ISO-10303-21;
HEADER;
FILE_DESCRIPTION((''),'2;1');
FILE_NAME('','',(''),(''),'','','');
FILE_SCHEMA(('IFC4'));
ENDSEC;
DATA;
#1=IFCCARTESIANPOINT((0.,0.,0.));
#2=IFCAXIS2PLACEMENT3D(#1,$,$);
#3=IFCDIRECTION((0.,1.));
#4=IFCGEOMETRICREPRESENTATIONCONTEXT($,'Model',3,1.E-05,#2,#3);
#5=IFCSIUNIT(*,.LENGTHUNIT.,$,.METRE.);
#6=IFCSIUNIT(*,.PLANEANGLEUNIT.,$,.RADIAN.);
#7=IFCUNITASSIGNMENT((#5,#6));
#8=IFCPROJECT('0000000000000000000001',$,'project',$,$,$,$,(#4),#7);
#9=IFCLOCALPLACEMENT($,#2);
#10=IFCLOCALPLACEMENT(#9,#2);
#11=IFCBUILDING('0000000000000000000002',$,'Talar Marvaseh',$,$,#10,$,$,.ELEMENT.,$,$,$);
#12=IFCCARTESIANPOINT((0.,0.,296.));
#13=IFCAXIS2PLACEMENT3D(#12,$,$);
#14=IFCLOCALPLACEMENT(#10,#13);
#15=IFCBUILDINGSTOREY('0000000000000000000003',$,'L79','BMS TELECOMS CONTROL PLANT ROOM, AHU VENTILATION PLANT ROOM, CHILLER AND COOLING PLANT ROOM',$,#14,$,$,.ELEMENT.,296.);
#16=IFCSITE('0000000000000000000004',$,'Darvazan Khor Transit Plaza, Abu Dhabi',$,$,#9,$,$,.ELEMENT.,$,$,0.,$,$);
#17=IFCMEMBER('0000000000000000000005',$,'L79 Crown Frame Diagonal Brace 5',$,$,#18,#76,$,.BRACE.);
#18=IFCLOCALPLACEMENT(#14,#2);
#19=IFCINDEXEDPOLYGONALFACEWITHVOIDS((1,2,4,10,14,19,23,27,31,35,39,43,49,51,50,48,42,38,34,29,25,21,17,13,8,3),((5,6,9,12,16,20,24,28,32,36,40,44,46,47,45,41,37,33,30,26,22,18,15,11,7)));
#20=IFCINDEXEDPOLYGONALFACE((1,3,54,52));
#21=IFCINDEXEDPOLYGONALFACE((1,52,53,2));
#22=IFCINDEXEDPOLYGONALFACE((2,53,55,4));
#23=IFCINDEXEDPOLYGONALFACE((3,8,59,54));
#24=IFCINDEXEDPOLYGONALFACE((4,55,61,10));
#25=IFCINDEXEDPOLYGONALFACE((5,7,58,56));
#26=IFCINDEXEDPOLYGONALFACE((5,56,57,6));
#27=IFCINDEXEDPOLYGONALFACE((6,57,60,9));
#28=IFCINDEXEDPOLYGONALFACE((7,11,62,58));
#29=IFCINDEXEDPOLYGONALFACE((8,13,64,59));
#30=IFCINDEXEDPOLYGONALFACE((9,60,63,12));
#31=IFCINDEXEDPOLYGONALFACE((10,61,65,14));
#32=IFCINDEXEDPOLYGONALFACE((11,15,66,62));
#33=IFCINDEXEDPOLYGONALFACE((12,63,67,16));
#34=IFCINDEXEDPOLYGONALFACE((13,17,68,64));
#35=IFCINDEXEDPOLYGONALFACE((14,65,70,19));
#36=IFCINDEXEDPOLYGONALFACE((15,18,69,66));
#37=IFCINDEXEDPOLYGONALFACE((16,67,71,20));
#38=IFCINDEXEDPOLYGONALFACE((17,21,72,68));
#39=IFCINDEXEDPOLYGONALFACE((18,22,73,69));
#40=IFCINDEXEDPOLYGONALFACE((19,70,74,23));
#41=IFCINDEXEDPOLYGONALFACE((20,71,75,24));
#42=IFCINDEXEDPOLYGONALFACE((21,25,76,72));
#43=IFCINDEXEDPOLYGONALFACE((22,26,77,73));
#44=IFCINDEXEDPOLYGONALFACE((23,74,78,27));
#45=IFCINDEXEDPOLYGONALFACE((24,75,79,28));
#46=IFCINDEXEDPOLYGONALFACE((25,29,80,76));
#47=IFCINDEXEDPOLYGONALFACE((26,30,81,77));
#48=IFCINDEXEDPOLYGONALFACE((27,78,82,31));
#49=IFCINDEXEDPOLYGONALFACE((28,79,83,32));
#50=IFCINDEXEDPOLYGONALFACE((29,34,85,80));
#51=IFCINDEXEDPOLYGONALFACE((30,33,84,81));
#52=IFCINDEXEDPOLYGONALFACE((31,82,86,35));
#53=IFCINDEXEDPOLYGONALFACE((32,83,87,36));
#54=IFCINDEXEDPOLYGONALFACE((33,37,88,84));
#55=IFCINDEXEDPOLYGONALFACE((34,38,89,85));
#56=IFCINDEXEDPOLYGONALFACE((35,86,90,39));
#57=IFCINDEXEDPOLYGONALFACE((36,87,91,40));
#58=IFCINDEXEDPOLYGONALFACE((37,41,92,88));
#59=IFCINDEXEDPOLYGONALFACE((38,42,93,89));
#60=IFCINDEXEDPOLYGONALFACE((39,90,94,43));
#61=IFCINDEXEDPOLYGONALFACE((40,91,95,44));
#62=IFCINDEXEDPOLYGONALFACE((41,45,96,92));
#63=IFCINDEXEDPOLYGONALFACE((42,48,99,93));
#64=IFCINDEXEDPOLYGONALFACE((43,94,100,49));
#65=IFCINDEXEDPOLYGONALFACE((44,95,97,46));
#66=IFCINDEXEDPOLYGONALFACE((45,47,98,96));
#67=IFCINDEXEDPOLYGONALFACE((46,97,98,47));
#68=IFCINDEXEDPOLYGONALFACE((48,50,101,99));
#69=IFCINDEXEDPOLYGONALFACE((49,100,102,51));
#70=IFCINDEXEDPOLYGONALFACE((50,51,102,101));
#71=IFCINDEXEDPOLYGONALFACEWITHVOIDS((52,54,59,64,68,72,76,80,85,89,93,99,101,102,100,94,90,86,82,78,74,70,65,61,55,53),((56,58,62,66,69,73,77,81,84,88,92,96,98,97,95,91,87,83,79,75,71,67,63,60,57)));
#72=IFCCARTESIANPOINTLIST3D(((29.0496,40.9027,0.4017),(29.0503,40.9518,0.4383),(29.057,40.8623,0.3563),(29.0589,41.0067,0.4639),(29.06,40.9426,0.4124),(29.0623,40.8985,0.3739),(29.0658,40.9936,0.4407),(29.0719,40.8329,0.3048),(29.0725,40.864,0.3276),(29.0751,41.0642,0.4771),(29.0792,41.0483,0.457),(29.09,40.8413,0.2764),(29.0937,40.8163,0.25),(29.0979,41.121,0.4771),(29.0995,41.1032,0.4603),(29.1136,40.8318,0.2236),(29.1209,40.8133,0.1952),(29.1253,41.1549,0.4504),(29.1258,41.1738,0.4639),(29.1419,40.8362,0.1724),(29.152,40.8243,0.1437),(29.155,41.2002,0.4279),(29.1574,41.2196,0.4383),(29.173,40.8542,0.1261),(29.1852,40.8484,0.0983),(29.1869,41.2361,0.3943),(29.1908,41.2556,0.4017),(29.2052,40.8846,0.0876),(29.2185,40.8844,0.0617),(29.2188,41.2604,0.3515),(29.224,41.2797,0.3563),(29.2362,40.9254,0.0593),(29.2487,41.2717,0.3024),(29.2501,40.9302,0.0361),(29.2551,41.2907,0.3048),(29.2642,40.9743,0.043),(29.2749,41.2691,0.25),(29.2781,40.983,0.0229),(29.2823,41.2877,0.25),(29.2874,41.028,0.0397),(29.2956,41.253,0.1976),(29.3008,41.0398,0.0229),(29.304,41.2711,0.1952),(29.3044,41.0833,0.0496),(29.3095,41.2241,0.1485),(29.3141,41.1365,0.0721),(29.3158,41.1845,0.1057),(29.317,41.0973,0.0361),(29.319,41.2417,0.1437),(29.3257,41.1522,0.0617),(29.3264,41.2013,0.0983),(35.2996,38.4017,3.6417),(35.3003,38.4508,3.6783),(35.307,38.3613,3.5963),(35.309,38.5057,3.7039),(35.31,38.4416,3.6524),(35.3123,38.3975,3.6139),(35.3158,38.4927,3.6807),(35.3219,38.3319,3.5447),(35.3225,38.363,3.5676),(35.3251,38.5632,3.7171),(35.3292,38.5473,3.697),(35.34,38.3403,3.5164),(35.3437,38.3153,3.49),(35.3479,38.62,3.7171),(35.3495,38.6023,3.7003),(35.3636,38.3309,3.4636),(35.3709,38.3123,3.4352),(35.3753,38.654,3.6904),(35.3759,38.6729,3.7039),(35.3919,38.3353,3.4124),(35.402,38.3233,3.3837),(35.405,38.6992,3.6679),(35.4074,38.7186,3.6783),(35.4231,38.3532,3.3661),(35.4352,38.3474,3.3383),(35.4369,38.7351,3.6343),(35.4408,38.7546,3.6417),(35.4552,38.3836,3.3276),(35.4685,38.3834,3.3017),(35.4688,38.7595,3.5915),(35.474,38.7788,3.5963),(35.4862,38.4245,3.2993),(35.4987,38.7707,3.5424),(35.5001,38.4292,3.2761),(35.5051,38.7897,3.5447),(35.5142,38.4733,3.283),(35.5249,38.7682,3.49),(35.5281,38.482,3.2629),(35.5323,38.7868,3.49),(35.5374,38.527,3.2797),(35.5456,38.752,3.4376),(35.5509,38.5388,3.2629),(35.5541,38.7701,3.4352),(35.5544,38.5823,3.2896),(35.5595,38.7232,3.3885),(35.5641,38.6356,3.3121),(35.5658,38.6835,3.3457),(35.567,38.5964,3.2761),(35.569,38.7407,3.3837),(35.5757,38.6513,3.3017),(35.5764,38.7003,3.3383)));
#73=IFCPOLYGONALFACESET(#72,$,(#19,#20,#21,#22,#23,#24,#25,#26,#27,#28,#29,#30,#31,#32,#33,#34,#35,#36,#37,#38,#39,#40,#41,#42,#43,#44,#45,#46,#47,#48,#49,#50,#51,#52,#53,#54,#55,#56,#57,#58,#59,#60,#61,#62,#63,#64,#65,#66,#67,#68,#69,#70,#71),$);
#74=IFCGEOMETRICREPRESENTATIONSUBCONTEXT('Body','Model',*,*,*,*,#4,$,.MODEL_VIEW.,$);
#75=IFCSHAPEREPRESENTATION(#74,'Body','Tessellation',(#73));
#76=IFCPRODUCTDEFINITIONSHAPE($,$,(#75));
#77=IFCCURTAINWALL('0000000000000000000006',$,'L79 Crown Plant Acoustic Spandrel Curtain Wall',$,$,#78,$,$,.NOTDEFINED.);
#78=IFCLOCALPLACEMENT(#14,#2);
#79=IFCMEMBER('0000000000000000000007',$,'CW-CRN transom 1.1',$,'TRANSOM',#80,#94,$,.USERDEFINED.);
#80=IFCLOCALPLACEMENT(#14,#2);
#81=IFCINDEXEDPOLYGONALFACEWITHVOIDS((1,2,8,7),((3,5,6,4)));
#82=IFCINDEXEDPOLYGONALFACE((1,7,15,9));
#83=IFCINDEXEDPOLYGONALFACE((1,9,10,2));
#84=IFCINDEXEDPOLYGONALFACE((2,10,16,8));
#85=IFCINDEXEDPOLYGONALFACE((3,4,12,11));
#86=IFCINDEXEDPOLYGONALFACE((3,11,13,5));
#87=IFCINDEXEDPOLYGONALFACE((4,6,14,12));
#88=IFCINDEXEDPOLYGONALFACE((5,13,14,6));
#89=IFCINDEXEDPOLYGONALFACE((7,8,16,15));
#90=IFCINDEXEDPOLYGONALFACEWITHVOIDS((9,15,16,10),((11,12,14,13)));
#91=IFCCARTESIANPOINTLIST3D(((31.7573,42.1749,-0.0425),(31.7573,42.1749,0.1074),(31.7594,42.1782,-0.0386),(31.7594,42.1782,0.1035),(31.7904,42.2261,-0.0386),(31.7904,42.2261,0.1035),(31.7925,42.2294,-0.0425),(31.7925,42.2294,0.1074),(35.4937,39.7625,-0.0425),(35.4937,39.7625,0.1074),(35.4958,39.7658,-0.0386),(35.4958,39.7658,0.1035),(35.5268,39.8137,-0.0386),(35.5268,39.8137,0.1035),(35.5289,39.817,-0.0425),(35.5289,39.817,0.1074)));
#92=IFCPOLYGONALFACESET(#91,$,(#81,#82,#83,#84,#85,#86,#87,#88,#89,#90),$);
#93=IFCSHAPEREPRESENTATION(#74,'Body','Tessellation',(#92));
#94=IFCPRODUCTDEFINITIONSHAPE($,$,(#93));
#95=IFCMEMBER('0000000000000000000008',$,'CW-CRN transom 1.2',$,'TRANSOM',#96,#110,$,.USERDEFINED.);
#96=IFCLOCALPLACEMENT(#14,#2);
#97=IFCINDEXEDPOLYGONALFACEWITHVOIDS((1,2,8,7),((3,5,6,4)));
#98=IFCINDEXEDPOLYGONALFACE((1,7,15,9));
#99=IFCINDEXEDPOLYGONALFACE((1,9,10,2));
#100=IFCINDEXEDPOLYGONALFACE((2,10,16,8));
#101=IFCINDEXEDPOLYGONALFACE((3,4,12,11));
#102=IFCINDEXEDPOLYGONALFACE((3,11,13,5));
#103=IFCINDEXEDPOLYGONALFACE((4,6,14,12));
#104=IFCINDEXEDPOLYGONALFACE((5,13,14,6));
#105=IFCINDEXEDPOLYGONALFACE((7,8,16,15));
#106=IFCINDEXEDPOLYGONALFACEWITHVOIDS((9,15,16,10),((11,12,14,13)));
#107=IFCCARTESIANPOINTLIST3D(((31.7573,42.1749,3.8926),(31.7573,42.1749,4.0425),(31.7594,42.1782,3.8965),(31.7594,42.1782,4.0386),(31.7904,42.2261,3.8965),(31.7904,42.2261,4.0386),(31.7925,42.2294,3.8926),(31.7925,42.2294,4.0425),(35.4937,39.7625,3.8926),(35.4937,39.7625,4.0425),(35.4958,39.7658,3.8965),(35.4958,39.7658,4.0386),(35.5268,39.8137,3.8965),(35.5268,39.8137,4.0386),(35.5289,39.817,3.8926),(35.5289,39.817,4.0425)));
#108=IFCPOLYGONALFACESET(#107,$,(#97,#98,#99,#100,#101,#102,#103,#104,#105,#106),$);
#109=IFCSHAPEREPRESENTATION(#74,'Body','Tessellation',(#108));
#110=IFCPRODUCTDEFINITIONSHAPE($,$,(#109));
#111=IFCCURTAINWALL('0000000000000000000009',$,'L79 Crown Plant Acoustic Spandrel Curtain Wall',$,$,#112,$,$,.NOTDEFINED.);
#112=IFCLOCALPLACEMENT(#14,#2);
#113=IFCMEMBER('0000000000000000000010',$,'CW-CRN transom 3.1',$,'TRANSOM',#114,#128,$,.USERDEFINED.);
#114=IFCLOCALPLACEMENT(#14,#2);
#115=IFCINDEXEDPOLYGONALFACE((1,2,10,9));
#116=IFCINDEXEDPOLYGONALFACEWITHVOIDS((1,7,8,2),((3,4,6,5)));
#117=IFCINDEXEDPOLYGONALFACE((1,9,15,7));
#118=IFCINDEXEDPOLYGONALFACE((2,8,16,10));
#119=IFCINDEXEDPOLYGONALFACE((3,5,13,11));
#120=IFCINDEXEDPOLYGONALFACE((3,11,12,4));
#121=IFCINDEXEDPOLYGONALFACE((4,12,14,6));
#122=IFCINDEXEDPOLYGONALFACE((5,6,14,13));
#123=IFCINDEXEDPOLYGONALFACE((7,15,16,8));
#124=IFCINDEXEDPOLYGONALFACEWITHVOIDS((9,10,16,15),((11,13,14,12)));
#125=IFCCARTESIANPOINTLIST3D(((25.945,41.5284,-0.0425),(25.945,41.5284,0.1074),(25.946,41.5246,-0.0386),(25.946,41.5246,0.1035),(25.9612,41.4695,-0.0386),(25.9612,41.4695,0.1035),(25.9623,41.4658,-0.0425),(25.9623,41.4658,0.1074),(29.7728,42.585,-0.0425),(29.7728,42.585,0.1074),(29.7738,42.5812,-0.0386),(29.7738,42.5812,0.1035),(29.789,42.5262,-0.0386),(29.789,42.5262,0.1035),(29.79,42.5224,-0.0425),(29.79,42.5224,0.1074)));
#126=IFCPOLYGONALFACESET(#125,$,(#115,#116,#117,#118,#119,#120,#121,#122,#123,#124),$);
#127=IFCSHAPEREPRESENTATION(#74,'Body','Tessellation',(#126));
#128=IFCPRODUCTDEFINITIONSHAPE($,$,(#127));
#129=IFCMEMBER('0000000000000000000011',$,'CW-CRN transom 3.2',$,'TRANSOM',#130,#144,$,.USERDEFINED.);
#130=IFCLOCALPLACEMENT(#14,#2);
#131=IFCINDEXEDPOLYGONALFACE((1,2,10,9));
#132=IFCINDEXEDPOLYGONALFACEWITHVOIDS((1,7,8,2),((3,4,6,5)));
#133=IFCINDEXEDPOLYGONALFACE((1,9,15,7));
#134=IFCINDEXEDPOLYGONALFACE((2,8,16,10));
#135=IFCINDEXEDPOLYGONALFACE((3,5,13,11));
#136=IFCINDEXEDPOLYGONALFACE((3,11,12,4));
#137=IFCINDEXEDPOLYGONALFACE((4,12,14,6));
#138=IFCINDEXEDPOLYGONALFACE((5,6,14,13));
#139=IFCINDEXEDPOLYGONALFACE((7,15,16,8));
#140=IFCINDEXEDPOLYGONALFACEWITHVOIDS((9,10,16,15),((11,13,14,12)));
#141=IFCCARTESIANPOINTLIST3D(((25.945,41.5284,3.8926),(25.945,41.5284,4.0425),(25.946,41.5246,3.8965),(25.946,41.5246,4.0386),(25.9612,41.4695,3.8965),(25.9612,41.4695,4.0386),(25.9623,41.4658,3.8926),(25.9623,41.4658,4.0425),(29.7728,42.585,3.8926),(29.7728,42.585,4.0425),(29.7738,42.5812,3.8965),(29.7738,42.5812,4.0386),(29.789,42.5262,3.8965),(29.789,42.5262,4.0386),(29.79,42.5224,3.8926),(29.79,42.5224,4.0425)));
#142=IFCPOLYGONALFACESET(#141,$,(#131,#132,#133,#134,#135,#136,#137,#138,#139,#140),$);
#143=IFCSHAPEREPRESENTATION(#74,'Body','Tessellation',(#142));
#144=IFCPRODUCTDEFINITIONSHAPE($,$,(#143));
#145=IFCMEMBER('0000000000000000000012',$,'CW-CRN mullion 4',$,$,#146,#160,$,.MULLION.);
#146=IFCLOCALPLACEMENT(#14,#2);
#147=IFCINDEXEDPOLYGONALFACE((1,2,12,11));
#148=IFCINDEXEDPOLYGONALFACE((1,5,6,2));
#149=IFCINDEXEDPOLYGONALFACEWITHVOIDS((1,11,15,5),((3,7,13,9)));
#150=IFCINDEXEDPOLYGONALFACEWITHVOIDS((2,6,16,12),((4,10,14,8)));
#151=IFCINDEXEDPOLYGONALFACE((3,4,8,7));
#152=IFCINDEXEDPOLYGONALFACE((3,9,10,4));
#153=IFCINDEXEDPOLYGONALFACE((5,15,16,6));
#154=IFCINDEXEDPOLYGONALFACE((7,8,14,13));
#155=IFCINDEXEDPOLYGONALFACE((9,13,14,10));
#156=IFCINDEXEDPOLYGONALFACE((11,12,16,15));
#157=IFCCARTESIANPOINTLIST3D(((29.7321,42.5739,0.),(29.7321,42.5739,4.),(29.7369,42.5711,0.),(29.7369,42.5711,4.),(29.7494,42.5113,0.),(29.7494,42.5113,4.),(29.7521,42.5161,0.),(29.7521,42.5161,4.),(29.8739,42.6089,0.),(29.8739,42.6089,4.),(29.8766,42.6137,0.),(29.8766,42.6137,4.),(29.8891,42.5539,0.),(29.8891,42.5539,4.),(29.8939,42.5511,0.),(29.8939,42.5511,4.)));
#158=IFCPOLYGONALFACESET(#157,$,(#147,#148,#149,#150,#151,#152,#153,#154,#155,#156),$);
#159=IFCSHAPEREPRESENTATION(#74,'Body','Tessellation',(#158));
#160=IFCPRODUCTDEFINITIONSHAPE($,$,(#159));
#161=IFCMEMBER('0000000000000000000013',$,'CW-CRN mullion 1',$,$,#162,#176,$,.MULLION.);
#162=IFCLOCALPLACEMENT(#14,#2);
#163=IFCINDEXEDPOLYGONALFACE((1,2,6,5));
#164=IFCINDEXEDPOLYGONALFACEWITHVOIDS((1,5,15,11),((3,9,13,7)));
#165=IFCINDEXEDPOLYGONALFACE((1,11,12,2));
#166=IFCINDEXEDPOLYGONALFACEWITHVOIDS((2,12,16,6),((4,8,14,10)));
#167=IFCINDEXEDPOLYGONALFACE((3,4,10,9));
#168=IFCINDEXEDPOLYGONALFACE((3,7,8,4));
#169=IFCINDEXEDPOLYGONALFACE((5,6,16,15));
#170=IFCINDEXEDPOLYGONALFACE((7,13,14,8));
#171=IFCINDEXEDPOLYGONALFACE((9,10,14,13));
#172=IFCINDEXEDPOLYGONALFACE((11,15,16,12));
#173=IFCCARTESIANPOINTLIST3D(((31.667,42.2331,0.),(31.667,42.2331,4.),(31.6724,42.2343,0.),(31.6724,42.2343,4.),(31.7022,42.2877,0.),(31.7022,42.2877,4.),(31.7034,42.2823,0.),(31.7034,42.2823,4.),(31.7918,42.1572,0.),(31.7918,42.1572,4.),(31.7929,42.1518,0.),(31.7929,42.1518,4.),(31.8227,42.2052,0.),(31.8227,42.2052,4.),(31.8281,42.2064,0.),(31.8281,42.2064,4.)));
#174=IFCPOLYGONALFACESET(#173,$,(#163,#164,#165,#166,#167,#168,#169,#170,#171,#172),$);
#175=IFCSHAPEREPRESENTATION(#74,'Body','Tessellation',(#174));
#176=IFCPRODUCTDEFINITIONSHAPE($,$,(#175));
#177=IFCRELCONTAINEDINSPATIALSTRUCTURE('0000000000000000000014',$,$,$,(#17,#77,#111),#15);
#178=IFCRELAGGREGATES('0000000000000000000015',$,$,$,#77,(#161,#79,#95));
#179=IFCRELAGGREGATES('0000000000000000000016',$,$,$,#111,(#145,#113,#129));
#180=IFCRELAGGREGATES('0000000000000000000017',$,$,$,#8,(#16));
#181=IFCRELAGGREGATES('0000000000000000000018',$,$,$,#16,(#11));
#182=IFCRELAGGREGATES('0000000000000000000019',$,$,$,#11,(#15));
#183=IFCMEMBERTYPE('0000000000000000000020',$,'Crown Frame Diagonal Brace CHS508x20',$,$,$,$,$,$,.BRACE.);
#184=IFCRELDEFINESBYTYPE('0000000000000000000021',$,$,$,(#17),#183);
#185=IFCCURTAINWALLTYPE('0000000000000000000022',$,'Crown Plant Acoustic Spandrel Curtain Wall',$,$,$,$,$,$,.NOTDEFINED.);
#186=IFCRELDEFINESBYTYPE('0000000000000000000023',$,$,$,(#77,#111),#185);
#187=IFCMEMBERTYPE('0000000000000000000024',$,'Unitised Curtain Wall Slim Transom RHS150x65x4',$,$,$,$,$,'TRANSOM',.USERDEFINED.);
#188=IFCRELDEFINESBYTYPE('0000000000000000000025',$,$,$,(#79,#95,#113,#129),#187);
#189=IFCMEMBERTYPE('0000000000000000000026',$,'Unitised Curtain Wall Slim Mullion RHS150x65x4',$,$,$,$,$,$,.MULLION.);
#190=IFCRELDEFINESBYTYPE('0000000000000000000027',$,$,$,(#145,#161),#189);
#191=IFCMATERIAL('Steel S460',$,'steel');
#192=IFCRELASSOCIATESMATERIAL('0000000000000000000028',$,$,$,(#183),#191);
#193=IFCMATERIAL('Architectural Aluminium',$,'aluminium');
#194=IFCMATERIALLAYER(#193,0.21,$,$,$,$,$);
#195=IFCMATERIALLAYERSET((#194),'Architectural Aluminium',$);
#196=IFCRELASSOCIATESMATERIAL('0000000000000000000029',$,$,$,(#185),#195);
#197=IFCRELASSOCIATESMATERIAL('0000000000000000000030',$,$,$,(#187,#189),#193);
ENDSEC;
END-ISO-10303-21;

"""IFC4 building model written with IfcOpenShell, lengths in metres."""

from ifc_helpers import new_model, si_unit, direction, frame, origin, origin_2d, place, context, subcontext, project, spatial, hollow_rectangle, hollow_circle, extrude, source, transform, mapped, material, layer, layer_set, material_profile, profile_set, type_object, type_shapes, element, aggregate, save


model = new_model("IFC4")

# Units and contexts
model_context = context("Model", 3, precision=1e-05, world=origin(), true_north=direction((0.0, 1.0)))
body_context = subcontext(model_context, "Body", "Model", "MODEL_VIEW")
ifc_project = project(units=[si_unit("LENGTHUNIT", "METRE"), si_unit("PLANEANGLEUNIT", "RADIAN")], contexts=[model_context])

# Site, building, storey
site_placement = place(None, origin())
site = spatial("IfcSite", under=ifc_project, at=site_placement, Name="Darvazan Khor Transit Plaza, Abu Dhabi", CompositionType="ELEMENT", RefElevation=0.0)
building_placement = place(site_placement, origin())
building = spatial("IfcBuilding", under=site, at=building_placement, Name="Talar Marvaseh", CompositionType="ELEMENT")
storey_placement = place(building_placement, frame((0.0, 0.0, 296.0)))
storey = spatial("IfcBuildingStorey", under=building, at=storey_placement, Name="L79", Description="BMS TELECOMS CONTROL PLANT ROOM, AHU VENTILATION PLANT ROOM, CHILLER AND COOLING PLANT ROOM", CompositionType="ELEMENT", Elevation=296.0)

# Shared definitions
ifc_material_1 = material(Name="Steel S460", Category="steel")

# Member
ifc_material_profile_1 = material_profile(ifc_material_1, hollow_circle(Radius=0.2539, WallThickness=0.02, at=origin_2d()), Name="CHS508x20")
ifc_profile_set_1 = profile_set([ifc_material_profile_1], Name="Steel S460")
member_type_1 = type_object("IfcMemberType", Name="Crown Frame Diagonal Brace CHS508x20", PredefinedType="BRACE", material=ifc_profile_set_1)
shared_shape_1 = source(origin(), body_context, "Body", "SweptSolid", [
    extrude(hollow_circle(Radius=0.2539, WallThickness=0.02, at=origin_2d()), origin(), (0.0, 0.0, 1.0), 7.4709),
])
type_shapes(member_type_1, [shared_shape_1])
member_1_placement = place(storey_placement, frame((29.188, 41.052, 0.25), z_axis=(0.836575, -0.334761, 0.433679), x_axis=(0.371516, 0.928427, 0.0)))
element("IfcMember", 1, at=member_1_placement, inside=storey, type_object=member_type_1, Name="L79 Crown Frame Diagonal Brace 5", PredefinedType="BRACE", context=body_context, shape_type="MappedRepresentation", body=[
    mapped(shared_shape_1, transform((0.0, 0.0, 0.0), x_axis=(1.0, 0.0, 0.0), y_axis=(0.0, 1.0, 0.0), z_axis=(0.0, 0.0, 1.0), scale=1.0)),
])

# Curtain walls, members
ifc_material_2 = material(Name="Architectural Aluminium", Category="aluminium")
ifc_layer_1 = layer(ifc_material_2, 0.21)
ifc_layer_set_1 = layer_set([ifc_layer_1], Name="Architectural Aluminium")
curtain_wall_type = type_object("IfcCurtainWallType", Name="Crown Plant Acoustic Spandrel Curtain Wall", PredefinedType="NOTDEFINED", material=ifc_layer_set_1)
curtain_wall_1_placement = place(storey_placement, origin())
curtain_wall_1 = element("IfcCurtainWall", 2, at=curtain_wall_1_placement, inside=storey, type_object=curtain_wall_type, Name="L79 Crown Plant Acoustic Spandrel Curtain Wall", PredefinedType="NOTDEFINED")
ifc_material_profile_2 = material_profile(ifc_material_2, hollow_rectangle(XDim=0.0649, YDim=0.1499, WallThickness=0.0039, at=origin_2d()), Name="RHS150x65x4")
ifc_profile_set_2 = profile_set([ifc_material_profile_2], Name="Architectural Aluminium")
member_type_2 = type_object("IfcMemberType", Name="Unitised Curtain Wall Slim Transom RHS150x65x4", ElementType="TRANSOM", PredefinedType="USERDEFINED", material=ifc_profile_set_2)
shared_shape_2 = source(origin(), body_context, "Body", "SweptSolid", [
    extrude(hollow_rectangle(XDim=0.0649, YDim=0.1499, WallThickness=0.0039, at=origin_2d()), origin(), (0.0, 0.0, 1.0), 4.4475),
])
member_2_placement = place(storey_placement, frame((31.7749, 42.2021, 0.0325), z_axis=(0.84011, -0.542416, 0.0), x_axis=(0.542416, 0.84011, 0.0)))
member_2 = element("IfcMember", 3, at=member_2_placement, type_object=member_type_2, Name="CW-CRN transom 1.1", ObjectType="TRANSOM", PredefinedType="USERDEFINED", context=body_context, shape_type="MappedRepresentation", body=[
    mapped(shared_shape_2, transform((0.0, 0.0, 0.0), x_axis=(1.0, 0.0, 0.0), y_axis=(0.0, 1.0, 0.0), z_axis=(0.0, 0.0, 1.0), scale=1.0)),
])
member_3_placement = place(storey_placement, frame((31.7749, 42.2021, 3.9675), z_axis=(0.84011, -0.542416, 0.0), x_axis=(0.542416, 0.84011, 0.0)))
member_3 = element("IfcMember", 4, at=member_3_placement, type_object=member_type_2, Name="CW-CRN transom 1.2", ObjectType="TRANSOM", PredefinedType="USERDEFINED", context=body_context, shape_type="MappedRepresentation", body=[
    mapped(shared_shape_2, transform((0.0, 0.0, 0.0), x_axis=(1.0, 0.0, 0.0), y_axis=(0.0, 1.0, 0.0), z_axis=(0.0, 0.0, 1.0), scale=1.0)),
])
curtain_wall_2_placement = place(storey_placement, origin())
curtain_wall_2 = element("IfcCurtainWall", 5, at=curtain_wall_2_placement, inside=storey, type_object=curtain_wall_type, Name="L79 Crown Plant Acoustic Spandrel Curtain Wall", PredefinedType="NOTDEFINED")
shared_shape_3 = source(origin(), body_context, "Body", "SweptSolid", [
    extrude(hollow_rectangle(XDim=0.0649, YDim=0.1499, WallThickness=0.0039, at=origin_2d()), origin(), (0.0, 0.0, 1.0), 3.9709),
])
type_shapes(member_type_2, [shared_shape_2, shared_shape_3])
member_4_placement = place(storey_placement, frame((25.9536, 41.4971, 0.0325), z_axis=(0.963949, 0.266087, 0.0), x_axis=(-0.266087, 0.963949, 0.0)))
member_4 = element("IfcMember", 6, at=member_4_placement, type_object=member_type_2, Name="CW-CRN transom 3.1", ObjectType="TRANSOM", PredefinedType="USERDEFINED", context=body_context, shape_type="MappedRepresentation", body=[
    mapped(shared_shape_3, transform((0.0, 0.0, 0.0), x_axis=(1.0, 0.0, 0.0), y_axis=(0.0, 1.0, 0.0), z_axis=(0.0, 0.0, 1.0), scale=1.0)),
])
member_5_placement = place(storey_placement, frame((25.9536, 41.4971, 3.9675), z_axis=(0.963949, 0.266087, 0.0), x_axis=(-0.266087, 0.963949, 0.0)))
member_5 = element("IfcMember", 7, at=member_5_placement, type_object=member_type_2, Name="CW-CRN transom 3.2", ObjectType="TRANSOM", PredefinedType="USERDEFINED", context=body_context, shape_type="MappedRepresentation", body=[
    mapped(shared_shape_3, transform((0.0, 0.0, 0.0), x_axis=(1.0, 0.0, 0.0), y_axis=(0.0, 1.0, 0.0), z_axis=(0.0, 0.0, 1.0), scale=1.0)),
])
ifc_material_profile_3 = material_profile(ifc_material_2, hollow_rectangle(XDim=0.0649, YDim=0.1499, WallThickness=0.0039, at=origin_2d()), Name="RHS150x65x4")
ifc_profile_set_3 = profile_set([ifc_material_profile_3], Name="Architectural Aluminium")
member_type_3 = type_object("IfcMemberType", Name="Unitised Curtain Wall Slim Mullion RHS150x65x4", PredefinedType="MULLION", material=ifc_profile_set_3)
shared_shape_4 = source(origin(), body_context, "Body", "SweptSolid", [
    extrude(hollow_rectangle(XDim=0.0649, YDim=0.1499, WallThickness=0.0039, at=origin_2d()), origin(), (0.0, 0.0, 1.0), 4.0),
])
type_shapes(member_type_3, [shared_shape_4])
member_6_placement = place(storey_placement, frame((29.813, 42.5625, 0.0), z_axis=(0.0, 0.0, 1.0), x_axis=(-0.266091, 0.963948, 0.0)))
member_6 = element("IfcMember", 8, at=member_6_placement, type_object=member_type_3, Name="CW-CRN mullion 4", PredefinedType="MULLION", context=body_context, shape_type="MappedRepresentation", body=[
    mapped(shared_shape_4, transform((0.0, 0.0, 0.0), x_axis=(1.0, 0.0, 0.0), y_axis=(0.0, 1.0, 0.0), z_axis=(0.0, 0.0, 1.0), scale=1.0)),
])

# Member
member_7_placement = place(storey_placement, frame((31.7476, 42.2197, 0.0), z_axis=(0.0, 0.0, 1.0), x_axis=(0.542388, 0.840128, 0.0)))
member_7 = element("IfcMember", 9, at=member_7_placement, type_object=member_type_3, Name="CW-CRN mullion 1", PredefinedType="MULLION", context=body_context, shape_type="MappedRepresentation", body=[
    mapped(shared_shape_4, transform((0.0, 0.0, 0.0), x_axis=(1.0, 0.0, 0.0), y_axis=(0.0, 1.0, 0.0), z_axis=(0.0, 0.0, 1.0), scale=1.0)),
])

aggregate(curtain_wall_1, [member_7, member_2, member_3])
aggregate(curtain_wall_2, [member_6, member_4, member_5])

save(model, "model.ifc")
